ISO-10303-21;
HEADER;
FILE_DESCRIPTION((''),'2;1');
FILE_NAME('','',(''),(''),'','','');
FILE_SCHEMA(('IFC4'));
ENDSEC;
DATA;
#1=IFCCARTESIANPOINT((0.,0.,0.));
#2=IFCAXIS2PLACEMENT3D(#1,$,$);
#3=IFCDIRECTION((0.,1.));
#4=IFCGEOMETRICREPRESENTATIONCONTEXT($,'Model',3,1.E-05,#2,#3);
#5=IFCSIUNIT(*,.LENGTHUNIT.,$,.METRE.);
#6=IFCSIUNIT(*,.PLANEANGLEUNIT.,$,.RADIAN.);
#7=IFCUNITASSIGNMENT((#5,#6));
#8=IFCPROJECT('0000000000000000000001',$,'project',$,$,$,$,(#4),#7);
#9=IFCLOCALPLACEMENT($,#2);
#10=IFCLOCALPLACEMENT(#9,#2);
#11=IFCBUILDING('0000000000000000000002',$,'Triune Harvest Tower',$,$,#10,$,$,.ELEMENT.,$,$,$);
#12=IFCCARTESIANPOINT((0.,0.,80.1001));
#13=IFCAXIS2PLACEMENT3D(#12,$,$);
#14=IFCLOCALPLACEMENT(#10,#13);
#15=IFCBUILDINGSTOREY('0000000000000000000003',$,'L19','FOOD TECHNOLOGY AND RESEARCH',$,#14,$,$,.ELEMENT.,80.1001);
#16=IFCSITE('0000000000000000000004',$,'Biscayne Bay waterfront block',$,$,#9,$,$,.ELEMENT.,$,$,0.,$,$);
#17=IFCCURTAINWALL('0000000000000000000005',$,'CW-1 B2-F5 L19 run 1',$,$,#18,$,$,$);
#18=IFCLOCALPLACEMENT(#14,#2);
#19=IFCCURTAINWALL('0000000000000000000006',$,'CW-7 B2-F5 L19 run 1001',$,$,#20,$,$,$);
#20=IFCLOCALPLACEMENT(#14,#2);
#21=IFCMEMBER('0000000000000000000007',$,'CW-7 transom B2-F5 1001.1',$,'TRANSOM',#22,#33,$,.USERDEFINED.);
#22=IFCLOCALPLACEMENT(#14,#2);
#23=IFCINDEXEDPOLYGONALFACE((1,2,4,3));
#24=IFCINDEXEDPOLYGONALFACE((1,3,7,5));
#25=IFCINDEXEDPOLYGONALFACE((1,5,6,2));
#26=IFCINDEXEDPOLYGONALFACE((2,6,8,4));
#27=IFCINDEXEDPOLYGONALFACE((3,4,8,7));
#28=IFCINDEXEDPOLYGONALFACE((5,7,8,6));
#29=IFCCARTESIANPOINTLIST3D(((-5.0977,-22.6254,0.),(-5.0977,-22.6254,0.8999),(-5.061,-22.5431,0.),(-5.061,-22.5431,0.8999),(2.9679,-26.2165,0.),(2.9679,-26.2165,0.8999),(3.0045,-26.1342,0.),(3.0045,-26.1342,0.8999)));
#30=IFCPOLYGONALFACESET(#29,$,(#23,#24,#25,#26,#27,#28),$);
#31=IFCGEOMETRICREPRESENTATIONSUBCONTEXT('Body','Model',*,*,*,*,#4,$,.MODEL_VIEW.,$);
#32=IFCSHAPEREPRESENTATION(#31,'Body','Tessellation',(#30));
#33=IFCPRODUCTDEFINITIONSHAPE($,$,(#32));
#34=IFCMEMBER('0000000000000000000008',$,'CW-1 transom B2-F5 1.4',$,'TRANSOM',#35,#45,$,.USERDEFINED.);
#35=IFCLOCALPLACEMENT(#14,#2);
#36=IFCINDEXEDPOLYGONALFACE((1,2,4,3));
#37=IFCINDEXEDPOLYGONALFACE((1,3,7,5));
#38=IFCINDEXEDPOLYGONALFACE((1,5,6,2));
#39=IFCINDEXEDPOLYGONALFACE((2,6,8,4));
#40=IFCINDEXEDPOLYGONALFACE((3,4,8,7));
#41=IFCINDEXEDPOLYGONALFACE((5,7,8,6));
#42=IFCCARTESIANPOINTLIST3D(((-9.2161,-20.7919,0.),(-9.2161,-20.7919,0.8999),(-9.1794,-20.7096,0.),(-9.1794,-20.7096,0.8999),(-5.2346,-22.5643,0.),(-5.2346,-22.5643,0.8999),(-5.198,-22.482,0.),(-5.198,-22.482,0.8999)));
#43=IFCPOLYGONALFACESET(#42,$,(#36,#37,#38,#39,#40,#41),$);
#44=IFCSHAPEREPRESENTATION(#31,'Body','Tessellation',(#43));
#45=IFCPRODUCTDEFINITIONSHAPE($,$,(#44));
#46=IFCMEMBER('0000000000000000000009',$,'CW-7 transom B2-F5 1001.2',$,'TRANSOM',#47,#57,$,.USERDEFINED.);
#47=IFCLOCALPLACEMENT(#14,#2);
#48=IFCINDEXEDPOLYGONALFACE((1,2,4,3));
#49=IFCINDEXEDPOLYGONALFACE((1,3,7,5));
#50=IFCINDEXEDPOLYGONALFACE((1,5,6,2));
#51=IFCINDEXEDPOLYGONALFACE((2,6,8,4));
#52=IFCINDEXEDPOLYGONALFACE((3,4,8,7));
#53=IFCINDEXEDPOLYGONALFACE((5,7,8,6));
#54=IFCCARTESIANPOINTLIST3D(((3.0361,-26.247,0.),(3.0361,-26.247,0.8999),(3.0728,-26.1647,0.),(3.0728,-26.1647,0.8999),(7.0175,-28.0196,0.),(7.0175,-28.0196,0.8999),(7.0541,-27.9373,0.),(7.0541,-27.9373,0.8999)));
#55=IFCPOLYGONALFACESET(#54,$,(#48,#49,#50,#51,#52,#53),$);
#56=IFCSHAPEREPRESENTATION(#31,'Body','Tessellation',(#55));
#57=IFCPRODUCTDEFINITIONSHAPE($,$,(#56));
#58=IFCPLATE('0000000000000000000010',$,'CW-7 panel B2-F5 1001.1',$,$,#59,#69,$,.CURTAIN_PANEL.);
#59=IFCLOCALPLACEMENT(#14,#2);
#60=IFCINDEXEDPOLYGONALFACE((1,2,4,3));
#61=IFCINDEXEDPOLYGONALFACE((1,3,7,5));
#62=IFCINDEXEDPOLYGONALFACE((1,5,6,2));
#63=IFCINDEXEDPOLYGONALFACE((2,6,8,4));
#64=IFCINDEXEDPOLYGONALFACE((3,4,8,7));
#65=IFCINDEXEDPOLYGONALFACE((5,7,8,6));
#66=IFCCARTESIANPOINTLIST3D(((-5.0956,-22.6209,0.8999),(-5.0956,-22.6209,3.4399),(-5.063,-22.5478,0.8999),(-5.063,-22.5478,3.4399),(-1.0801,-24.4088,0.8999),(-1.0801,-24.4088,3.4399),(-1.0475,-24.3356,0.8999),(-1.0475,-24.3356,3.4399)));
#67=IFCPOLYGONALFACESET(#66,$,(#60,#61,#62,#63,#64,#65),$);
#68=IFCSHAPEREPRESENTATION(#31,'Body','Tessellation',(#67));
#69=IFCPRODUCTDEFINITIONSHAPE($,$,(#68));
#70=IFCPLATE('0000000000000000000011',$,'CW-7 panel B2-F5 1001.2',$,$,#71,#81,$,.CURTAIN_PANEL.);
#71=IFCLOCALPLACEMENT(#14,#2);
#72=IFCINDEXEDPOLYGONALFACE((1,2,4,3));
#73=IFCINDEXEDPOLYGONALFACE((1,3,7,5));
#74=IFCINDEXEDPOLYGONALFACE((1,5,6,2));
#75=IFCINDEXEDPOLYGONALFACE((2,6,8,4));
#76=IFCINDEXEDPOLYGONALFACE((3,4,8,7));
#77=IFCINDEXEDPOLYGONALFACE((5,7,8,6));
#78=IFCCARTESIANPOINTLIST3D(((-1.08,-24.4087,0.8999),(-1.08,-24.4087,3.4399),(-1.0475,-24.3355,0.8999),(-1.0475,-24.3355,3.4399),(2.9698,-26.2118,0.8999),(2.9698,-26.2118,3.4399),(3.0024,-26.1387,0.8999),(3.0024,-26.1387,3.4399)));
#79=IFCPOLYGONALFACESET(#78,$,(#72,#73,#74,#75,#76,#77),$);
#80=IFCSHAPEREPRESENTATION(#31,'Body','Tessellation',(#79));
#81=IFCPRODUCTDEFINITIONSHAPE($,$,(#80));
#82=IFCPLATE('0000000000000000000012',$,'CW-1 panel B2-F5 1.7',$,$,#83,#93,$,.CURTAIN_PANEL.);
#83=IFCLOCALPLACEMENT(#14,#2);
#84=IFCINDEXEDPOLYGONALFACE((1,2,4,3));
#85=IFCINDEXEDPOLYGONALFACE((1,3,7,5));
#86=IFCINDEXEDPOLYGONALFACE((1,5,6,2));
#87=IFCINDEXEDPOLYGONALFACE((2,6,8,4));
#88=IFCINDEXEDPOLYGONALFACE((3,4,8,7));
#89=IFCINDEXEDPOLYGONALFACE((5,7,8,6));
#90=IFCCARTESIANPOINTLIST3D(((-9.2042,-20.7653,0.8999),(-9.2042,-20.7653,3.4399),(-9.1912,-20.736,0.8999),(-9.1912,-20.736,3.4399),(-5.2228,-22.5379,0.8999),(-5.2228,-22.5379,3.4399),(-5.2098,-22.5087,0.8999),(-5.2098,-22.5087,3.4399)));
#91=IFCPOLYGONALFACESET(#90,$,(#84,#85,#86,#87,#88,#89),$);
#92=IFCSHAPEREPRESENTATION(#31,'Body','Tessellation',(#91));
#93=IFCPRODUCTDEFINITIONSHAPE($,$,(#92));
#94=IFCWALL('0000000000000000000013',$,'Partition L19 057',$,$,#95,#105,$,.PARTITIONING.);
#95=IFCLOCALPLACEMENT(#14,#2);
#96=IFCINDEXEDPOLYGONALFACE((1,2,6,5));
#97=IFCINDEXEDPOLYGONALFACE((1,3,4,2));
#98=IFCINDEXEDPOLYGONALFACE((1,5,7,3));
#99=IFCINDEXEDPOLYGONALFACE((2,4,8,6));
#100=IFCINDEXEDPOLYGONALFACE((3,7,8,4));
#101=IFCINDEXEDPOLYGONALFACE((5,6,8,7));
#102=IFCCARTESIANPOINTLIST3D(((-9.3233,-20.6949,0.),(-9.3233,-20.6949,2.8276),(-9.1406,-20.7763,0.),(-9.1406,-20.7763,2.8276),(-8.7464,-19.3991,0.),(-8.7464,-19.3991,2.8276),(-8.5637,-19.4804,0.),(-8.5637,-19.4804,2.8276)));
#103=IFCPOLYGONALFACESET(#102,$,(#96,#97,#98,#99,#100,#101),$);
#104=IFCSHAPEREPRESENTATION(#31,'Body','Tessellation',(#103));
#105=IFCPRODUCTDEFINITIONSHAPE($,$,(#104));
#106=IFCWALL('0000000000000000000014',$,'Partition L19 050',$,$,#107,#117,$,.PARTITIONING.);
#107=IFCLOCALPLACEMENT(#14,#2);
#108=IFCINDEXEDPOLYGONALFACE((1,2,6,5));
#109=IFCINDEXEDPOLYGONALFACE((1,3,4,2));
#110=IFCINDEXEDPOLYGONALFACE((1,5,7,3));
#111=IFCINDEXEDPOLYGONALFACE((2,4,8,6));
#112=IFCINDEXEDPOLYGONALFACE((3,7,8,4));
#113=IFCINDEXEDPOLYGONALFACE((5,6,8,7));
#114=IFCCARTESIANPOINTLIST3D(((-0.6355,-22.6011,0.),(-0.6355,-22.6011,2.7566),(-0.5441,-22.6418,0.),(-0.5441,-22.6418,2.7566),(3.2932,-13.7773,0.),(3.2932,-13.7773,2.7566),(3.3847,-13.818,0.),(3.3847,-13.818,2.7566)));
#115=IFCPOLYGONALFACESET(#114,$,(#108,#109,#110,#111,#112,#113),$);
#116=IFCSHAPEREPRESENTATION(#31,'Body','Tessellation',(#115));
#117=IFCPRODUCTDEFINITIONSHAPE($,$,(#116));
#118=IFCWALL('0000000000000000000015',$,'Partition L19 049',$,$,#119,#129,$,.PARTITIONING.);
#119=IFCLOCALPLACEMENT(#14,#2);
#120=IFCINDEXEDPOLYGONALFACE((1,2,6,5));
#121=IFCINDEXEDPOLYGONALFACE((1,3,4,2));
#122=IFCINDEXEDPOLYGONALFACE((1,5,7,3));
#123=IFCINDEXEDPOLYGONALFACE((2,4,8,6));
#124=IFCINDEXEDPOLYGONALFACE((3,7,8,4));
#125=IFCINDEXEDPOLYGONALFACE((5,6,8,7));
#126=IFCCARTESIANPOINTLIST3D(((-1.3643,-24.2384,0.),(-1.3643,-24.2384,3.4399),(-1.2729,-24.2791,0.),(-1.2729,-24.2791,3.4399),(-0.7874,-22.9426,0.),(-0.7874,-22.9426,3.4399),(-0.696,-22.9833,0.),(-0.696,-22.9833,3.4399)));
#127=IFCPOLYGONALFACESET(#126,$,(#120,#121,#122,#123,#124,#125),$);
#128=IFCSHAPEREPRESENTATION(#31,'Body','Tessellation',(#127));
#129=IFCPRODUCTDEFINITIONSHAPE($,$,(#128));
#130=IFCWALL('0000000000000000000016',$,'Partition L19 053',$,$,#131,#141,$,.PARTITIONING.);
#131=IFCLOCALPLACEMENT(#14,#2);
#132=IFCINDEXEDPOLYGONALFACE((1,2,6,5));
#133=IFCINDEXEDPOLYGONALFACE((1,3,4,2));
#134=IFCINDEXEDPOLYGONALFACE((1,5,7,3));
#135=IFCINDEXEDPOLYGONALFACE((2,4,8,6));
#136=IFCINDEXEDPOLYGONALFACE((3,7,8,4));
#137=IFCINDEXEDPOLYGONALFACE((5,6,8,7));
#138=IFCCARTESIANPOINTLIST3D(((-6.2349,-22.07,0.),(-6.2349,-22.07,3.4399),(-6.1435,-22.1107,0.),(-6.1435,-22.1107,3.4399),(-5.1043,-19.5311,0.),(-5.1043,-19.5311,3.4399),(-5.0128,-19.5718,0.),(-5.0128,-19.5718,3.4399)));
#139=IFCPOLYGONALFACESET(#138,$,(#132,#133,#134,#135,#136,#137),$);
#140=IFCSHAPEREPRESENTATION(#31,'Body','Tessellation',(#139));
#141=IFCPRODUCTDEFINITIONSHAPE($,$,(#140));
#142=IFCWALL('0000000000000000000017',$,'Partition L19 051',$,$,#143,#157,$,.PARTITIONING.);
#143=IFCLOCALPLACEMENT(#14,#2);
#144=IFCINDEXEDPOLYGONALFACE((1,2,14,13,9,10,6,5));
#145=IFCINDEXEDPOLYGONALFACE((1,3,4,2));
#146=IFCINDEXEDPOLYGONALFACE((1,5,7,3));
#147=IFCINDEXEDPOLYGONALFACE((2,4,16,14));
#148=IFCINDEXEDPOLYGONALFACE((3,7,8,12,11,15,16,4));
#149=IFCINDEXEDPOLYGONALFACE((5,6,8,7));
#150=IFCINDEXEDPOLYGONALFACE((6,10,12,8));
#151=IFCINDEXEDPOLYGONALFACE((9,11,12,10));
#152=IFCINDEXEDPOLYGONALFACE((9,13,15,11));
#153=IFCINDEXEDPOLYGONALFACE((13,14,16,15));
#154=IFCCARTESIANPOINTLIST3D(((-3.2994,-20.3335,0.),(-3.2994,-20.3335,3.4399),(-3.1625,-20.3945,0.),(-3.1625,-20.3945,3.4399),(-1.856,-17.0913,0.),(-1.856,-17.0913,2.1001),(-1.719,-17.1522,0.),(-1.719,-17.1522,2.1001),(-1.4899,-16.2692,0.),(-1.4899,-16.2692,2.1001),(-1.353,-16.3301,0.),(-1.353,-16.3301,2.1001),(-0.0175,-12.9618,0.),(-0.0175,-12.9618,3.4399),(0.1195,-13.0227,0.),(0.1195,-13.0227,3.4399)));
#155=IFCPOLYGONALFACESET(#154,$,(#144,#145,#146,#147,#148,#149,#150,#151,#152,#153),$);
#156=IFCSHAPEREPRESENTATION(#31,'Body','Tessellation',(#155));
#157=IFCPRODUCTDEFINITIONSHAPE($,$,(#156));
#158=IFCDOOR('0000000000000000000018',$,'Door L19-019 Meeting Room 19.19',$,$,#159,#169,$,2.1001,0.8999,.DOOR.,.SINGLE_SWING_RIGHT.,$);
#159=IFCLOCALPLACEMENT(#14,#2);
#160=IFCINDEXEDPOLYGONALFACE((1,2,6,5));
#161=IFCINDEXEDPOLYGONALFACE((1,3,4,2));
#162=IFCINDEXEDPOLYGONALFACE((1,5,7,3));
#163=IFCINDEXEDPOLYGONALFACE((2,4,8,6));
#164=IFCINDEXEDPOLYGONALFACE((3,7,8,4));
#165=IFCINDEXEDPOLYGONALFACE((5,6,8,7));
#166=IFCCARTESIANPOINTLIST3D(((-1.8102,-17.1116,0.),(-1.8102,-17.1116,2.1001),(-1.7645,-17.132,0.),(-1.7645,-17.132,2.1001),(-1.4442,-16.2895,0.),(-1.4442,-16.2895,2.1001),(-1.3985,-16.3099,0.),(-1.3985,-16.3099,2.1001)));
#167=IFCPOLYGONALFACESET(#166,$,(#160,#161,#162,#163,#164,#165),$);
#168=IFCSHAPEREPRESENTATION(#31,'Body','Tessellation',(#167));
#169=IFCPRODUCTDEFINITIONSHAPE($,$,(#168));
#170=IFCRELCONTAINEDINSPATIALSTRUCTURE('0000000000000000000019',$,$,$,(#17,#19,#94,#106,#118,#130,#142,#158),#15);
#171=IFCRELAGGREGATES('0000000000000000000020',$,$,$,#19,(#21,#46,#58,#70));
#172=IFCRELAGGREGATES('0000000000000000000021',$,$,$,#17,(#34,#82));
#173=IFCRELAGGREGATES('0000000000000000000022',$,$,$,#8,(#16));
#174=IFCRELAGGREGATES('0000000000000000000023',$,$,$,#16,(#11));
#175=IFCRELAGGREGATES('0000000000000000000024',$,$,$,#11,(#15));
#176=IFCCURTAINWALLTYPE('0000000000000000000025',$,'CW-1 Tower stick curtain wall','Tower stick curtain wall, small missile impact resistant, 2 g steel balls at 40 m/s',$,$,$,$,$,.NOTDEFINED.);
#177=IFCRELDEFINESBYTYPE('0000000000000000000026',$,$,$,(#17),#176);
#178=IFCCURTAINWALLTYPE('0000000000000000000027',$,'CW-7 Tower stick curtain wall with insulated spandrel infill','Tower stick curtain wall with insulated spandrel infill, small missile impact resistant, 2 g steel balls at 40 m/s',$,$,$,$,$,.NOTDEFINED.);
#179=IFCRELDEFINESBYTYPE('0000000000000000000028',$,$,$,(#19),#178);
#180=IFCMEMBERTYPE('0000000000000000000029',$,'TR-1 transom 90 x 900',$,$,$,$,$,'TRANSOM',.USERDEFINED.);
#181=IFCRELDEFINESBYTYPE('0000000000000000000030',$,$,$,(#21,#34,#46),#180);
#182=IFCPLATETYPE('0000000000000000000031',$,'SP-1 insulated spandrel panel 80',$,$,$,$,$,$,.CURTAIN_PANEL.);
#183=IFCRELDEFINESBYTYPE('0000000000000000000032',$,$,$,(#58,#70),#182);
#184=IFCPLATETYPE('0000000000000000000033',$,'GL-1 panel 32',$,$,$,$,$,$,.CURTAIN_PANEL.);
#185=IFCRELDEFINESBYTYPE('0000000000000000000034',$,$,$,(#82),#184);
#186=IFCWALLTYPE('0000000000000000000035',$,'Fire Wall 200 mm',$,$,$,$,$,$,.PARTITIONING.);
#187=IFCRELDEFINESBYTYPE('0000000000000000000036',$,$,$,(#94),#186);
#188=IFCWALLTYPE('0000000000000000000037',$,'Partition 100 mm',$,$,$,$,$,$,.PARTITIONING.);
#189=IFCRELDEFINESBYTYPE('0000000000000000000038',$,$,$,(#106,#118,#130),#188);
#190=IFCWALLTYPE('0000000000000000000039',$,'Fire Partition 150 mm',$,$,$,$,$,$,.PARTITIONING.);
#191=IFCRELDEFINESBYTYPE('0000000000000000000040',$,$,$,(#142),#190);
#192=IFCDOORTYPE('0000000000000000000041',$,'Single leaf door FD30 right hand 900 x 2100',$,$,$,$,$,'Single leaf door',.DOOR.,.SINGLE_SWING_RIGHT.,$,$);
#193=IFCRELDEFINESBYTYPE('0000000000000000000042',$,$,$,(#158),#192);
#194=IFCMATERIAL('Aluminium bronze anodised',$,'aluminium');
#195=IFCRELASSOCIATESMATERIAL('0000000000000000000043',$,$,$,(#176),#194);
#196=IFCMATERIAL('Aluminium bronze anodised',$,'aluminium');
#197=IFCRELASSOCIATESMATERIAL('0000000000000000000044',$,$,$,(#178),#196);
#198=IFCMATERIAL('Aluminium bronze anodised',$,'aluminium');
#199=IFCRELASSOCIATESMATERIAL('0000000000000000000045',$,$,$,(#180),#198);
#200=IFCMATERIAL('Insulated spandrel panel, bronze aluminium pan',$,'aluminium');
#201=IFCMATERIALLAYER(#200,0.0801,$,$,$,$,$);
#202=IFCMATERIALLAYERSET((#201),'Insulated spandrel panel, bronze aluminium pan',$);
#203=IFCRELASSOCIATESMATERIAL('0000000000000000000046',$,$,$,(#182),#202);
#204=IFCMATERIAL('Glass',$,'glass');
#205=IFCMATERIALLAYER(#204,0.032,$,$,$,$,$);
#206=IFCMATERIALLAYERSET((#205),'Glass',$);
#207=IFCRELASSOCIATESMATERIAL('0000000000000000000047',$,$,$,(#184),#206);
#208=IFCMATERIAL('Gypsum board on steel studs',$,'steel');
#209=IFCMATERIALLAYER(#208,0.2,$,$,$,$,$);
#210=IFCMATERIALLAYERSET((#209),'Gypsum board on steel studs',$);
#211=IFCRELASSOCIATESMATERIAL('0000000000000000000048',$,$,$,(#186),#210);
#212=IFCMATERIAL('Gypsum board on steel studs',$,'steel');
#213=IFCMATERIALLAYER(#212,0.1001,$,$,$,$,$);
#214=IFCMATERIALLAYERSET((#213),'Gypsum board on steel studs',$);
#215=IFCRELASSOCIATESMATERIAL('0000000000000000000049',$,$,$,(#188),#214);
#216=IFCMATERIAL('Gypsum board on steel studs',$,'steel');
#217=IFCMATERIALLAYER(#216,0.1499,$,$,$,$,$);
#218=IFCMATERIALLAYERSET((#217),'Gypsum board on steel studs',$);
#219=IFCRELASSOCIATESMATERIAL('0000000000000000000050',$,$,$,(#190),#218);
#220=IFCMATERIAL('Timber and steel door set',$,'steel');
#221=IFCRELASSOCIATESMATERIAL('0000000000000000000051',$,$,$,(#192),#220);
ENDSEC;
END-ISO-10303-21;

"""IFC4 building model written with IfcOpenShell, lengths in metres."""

from ifc_helpers import new_model, si_unit, direction, frame, frame_2d, origin, origin_2d, place, context, subcontext, project, spatial, rectangle, extrude, source, transform, mapped, material, layer, layer_set, material_profile, profile_set, type_object, element, fill, aggregate, save


model = new_model("IFC4")

# Units and contexts
model_context = context("Model", 3, precision=1e-05, world=origin(), true_north=direction((0.0, 1.0)))
body_context = subcontext(model_context, "Body", "Model", "MODEL_VIEW")
ifc_project = project(units=[si_unit("LENGTHUNIT", "METRE"), si_unit("PLANEANGLEUNIT", "RADIAN")], contexts=[model_context])

# Site, building, storey
site_placement = place(None, origin())
site = spatial("IfcSite", under=ifc_project, at=site_placement, Name="Biscayne Bay waterfront block", CompositionType="ELEMENT", RefElevation=0.0)
building_placement = place(site_placement, origin())
building = spatial("IfcBuilding", under=site, at=building_placement, Name="Triune Harvest Tower", CompositionType="ELEMENT")
storey_placement = place(building_placement, frame((0.0, 0.0, 80.1001)))
storey = spatial("IfcBuildingStorey", under=building, at=storey_placement, Name="L19", Description="FOOD TECHNOLOGY AND RESEARCH", CompositionType="ELEMENT", Elevation=80.1001)

# Curtain walls, member
ifc_material_1 = material(Name="Aluminium bronze anodised", Category="aluminium")
curtain_wall_type_1 = type_object("IfcCurtainWallType", Name="CW-1 Tower stick curtain wall", Description="Tower stick curtain wall, small missile impact resistant, 2 g steel balls at 40 m/s", PredefinedType="NOTDEFINED", material=ifc_material_1)
curtain_wall_1_placement = place(storey_placement, origin())
curtain_wall_1 = element("IfcCurtainWall", 1, at=curtain_wall_1_placement, inside=storey, type_object=curtain_wall_type_1, Name="CW-1 B2-F5 L19 run 1")
ifc_material_2 = material(Name="Aluminium bronze anodised", Category="aluminium")
curtain_wall_type_2 = type_object("IfcCurtainWallType", Name="CW-7 Tower stick curtain wall with insulated spandrel infill", Description="Tower stick curtain wall with insulated spandrel infill, small missile impact resistant, 2 g steel balls at 40 m/s", PredefinedType="NOTDEFINED", material=ifc_material_2)
curtain_wall_2_placement = place(storey_placement, origin())
curtain_wall_2 = element("IfcCurtainWall", 2, at=curtain_wall_2_placement, inside=storey, type_object=curtain_wall_type_2, Name="CW-7 B2-F5 L19 run 1001")
ifc_material_3 = material(Name="Aluminium bronze anodised", Category="aluminium")
ifc_material_profile_1 = material_profile(ifc_material_3, rectangle(XDim=0.0901, YDim=0.8999, at=origin_2d()), Name="TR-1 transom 90 x 900")
ifc_profile_set_1 = profile_set([ifc_material_profile_1], Name="Aluminium bronze anodised")
member_type_1 = type_object("IfcMemberType", Name="TR-1 transom 90 x 900", ElementType="TRANSOM", PredefinedType="USERDEFINED", material=ifc_profile_set_1)
shared_shape_1 = source(origin(), body_context, "Body", "SweptSolid", [
    extrude(rectangle(XDim=0.0901, YDim=0.8999, at=origin_2d()), origin(), (0.0, 0.0, 1.0), 8.8289),
])
member_1_placement = place(storey_placement, frame((-5.0793, -22.5842, 0.45), z_axis=(0.913541, -0.406746, 0.0), x_axis=(0.406746, 0.913541, 0.0)))
member_1 = element("IfcMember", 3, at=member_1_placement, type_object=member_type_1, Name="CW-7 transom B2-F5 1001.1", ObjectType="TRANSOM", PredefinedType="USERDEFINED", context=body_context, shape_type="MappedRepresentation", body=[
    mapped(shared_shape_1, transform((0.0, 0.0, 0.0), scale=1.0)),
])

# Members
shared_shape_2 = source(origin(), body_context, "Body", "SweptSolid", [
    extrude(rectangle(XDim=0.0901, YDim=0.8999, at=origin_2d()), origin(), (0.0, 0.0, 1.0), 4.3582),
])
member_2_placement = place(storey_placement, frame((-9.1978, -20.7507, 0.45), z_axis=(0.913562, -0.4067, 0.0), x_axis=(0.4067, 0.913562, 0.0)))
member_2 = element("IfcMember", 4, at=member_2_placement, type_object=member_type_1, Name="CW-1 transom B2-F5 1.4", ObjectType="TRANSOM", PredefinedType="USERDEFINED", context=body_context, shape_type="MappedRepresentation", body=[
    mapped(shared_shape_2, transform((0.0, 0.0, 0.0), scale=1.0)),
])
member_3_placement = place(storey_placement, frame((3.0544, -26.2058, 0.45), z_axis=(0.913541, -0.406746, 0.0), x_axis=(0.406746, 0.913541, 0.0)))
member_3 = element("IfcMember", 5, at=member_3_placement, type_object=member_type_1, Name="CW-7 transom B2-F5 1001.2", ObjectType="TRANSOM", PredefinedType="USERDEFINED", context=body_context, shape_type="MappedRepresentation", body=[
    mapped(shared_shape_2, transform((0.0, 0.0, 0.0), scale=1.0)),
])

# Plates
ifc_material_4 = material(Name="Insulated spandrel panel, bronze aluminium pan", Category="aluminium")
ifc_layer_1 = layer(ifc_material_4, 0.0801)
ifc_layer_set_1 = layer_set([ifc_layer_1], Name="Insulated spandrel panel, bronze aluminium pan")
plate_type_1 = type_object("IfcPlateType", Name="SP-1 insulated spandrel panel 80", PredefinedType="CURTAIN_PANEL", material=ifc_layer_set_1)
shared_shape_3 = source(origin(), body_context, "Body", "SweptSolid", [
    extrude(rectangle(XDim=4.3955, YDim=0.0801, at=origin_2d()), origin(), (0.0, 0.0, 1.0), 2.54),
])
plate_1_placement = place(storey_placement, frame((-3.0715, -23.4783, 0.8999), z_axis=(0.0, 0.0, 1.0), x_axis=(0.913544, -0.406741, 0.0)))
plate_1 = element("IfcPlate", 6, at=plate_1_placement, type_object=plate_type_1, Name="CW-7 panel B2-F5 1001.1", PredefinedType="CURTAIN_PANEL", context=body_context, shape_type="MappedRepresentation", body=[
    mapped(shared_shape_3, transform((0.0, 0.0, 0.0), scale=1.0)),
])
shared_shape_4 = source(origin(), body_context, "Body", "SweptSolid", [
    extrude(rectangle(XDim=4.4331, YDim=0.0801, at=origin_2d()), origin(), (0.0, 0.0, 1.0), 2.54),
])
plate_2_placement = place(storey_placement, frame((0.9612, -25.2737, 0.8999), z_axis=(0.0, 0.0, 1.0), x_axis=(0.913544, -0.406741, 0.0)))
plate_2 = element("IfcPlate", 7, at=plate_2_placement, type_object=plate_type_1, Name="CW-7 panel B2-F5 1001.2", PredefinedType="CURTAIN_PANEL", context=body_context, shape_type="MappedRepresentation", body=[
    mapped(shared_shape_4, transform((0.0, 0.0, 0.0), scale=1.0)),
])
aggregate(curtain_wall_2, [member_1, member_3, plate_1, plate_2])
ifc_material_5 = material(Name="Glass", Category="glass")
ifc_layer_2 = layer(ifc_material_5, 0.032)
ifc_layer_set_2 = layer_set([ifc_layer_2], Name="Glass")
plate_type_2 = type_object("IfcPlateType", Name="GL-1 panel 32", PredefinedType="CURTAIN_PANEL", material=ifc_layer_set_2)
shared_shape_5 = source(origin(), body_context, "Body", "SweptSolid", [
    extrude(rectangle(XDim=4.3582, YDim=0.032, at=origin_2d()), origin(), (0.0, 0.0, 1.0), 2.54),
])
plate_3_placement = place(storey_placement, frame((-7.207, -21.637, 0.8999), z_axis=(0.0, 0.0, 1.0), x_axis=(0.913546, -0.406736, 0.0)))
plate_3 = element("IfcPlate", 8, at=plate_3_placement, type_object=plate_type_2, Name="CW-1 panel B2-F5 1.7", PredefinedType="CURTAIN_PANEL", context=body_context, shape_type="MappedRepresentation", body=[
    mapped(shared_shape_5, transform((0.0, 0.0, 0.0), scale=1.0)),
])
aggregate(curtain_wall_1, [member_2, plate_3])

# Walls
ifc_material_6 = material(Name="Gypsum board on steel studs", Category="steel")
ifc_layer_3 = layer(ifc_material_6, 0.2)
ifc_layer_set_3 = layer_set([ifc_layer_3], Name="Gypsum board on steel studs")
wall_type_1 = type_object("IfcWallType", Name="Fire Wall 200 mm", PredefinedType="PARTITIONING", material=ifc_layer_set_3)
wall_1_placement = place(storey_placement, frame((-9.2319, -20.7356, 0.0), z_axis=(0.0, 0.0, 1.0), x_axis=(0.406697, 0.913563, 0.0)))
element("IfcWall", 9, at=wall_1_placement, inside=storey, type_object=wall_type_1, Name="Partition L19 057", PredefinedType="PARTITIONING", context=body_context, shape_type="SweptSolid", body=[
    extrude(rectangle(XDim=1.4185, YDim=0.2, at=frame_2d((0.7092, 0.0))), origin(), (0.0, 0.0, 1.0), 2.8276),
])
ifc_material_7 = material(Name="Gypsum board on steel studs", Category="steel")
ifc_layer_4 = layer(ifc_material_7, 0.1001)
ifc_layer_set_4 = layer_set([ifc_layer_4], Name="Gypsum board on steel studs")
wall_type_2 = type_object("IfcWallType", Name="Partition 100 mm", PredefinedType="PARTITIONING", material=ifc_layer_set_4)
wall_2_placement = place(storey_placement, frame((-0.5898, -22.6216, 0.0), z_axis=(0.0, 0.0, 1.0), x_axis=(0.406748, 0.91354, 0.0)))
element("IfcWall", 10, at=wall_2_placement, inside=storey, type_object=wall_type_2, Name="Partition L19 050", PredefinedType="PARTITIONING", context=body_context, shape_type="SweptSolid", body=[
    extrude(rectangle(XDim=9.6589, YDim=0.1001, at=frame_2d((4.8296, 0.0))), origin(), (0.0, 0.0, 1.0), 2.7566),
])
shared_shape_6 = source(origin(), body_context, "Body", "SweptSolid", [
    extrude(rectangle(XDim=1.4185, YDim=0.1001, at=frame_2d((0.7092, 0.0))), origin(), (0.0, 0.0, 1.0), 3.4399),
])
wall_3_placement = place(storey_placement, frame((-1.3186, -24.2588, 0.0), z_axis=(0.0, 0.0, 1.0), x_axis=(0.406697, 0.913563, 0.0)))
element("IfcWall", 11, at=wall_3_placement, inside=storey, type_object=wall_type_2, Name="Partition L19 049", PredefinedType="PARTITIONING", context=body_context, shape_type="MappedRepresentation", body=[
    mapped(shared_shape_6, transform((0.0, 0.0, 0.0), scale=1.0)),
])
shared_shape_7 = source(origin(), body_context, "Body", "SweptSolid", [
    extrude(rectangle(XDim=2.7793, YDim=0.1001, at=frame_2d((1.3896, 0.0))), origin(), (0.0, 0.0, 1.0), 3.4399),
])
wall_4_placement = place(storey_placement, frame((-6.1892, -22.0903, 0.0), z_axis=(0.0, 0.0, 1.0), x_axis=(0.406815, 0.913511, 0.0)))
element("IfcWall", 12, at=wall_4_placement, inside=storey, type_object=wall_type_2, Name="Partition L19 053", PredefinedType="PARTITIONING", context=body_context, shape_type="MappedRepresentation", body=[
    mapped(shared_shape_7, transform((0.0, 0.0, 0.0), scale=1.0)),
])

# Wall, opening, door
ifc_material_8 = material(Name="Gypsum board on steel studs", Category="steel")
ifc_layer_5 = layer(ifc_material_8, 0.1499)
ifc_layer_set_5 = layer_set([ifc_layer_5], Name="Gypsum board on steel studs")
wall_type_3 = type_object("IfcWallType", Name="Fire Partition 150 mm", PredefinedType="PARTITIONING", material=ifc_layer_set_5)
shared_shape_8 = source(origin(), body_context, "Body", "SweptSolid", [
    extrude(rectangle(XDim=8.0693, YDim=0.1499, at=frame_2d((4.0347, 0.0))), origin(), (0.0, 0.0, 1.0), 3.4399),
])
wall_5_placement = place(storey_placement, frame((-3.231, -20.364, 0.0), z_axis=(0.0, 0.0, 1.0), x_axis=(0.406719, 0.913553, 0.0)))
wall_5 = element("IfcWall", 13, at=wall_5_placement, inside=storey, type_object=wall_type_3, Name="Partition L19 051", PredefinedType="PARTITIONING", context=body_context, shape_type="MappedRepresentation", body=[
    mapped(shared_shape_8, transform((0.0, 0.0, 0.0), scale=1.0)),
])
opening_1_placement = place(wall_5_placement, frame((3.5491, 0.0, 0.0)))
opening_1 = element("IfcOpeningElement", 14, at=opening_1_placement, cuts=wall_5, PredefinedType="OPENING", context=body_context, shape_type="SweptSolid", body=[
    extrude(rectangle(XDim=0.8999, YDim=2.1001, at=frame_2d((0.45, 1.05))), frame((0.0, 0.085, 0.0), z_axis=(0.0, -1.0, 0.0), x_axis=(1.0, 0.0, 0.0)), (0.0, 0.0, 1.0), 0.1699),
])
ifc_material_9 = material(Name="Timber and steel door set", Category="steel")
door_type_1 = type_object("IfcDoorType", Name="Single leaf door FD30 right hand 900 x 2100", ElementType="Single leaf door", OperationType="SINGLE_SWING_RIGHT", PredefinedType="DOOR", material=ifc_material_9)
door_1_placement = place(opening_1_placement, origin())
door_1 = element("IfcDoor", 15, at=door_1_placement, inside=storey, type_object=door_type_1, Name="Door L19-019 Meeting Room 19.19", OperationType="SINGLE_SWING_RIGHT", OverallHeight=2.1001, OverallWidth=0.8999, PredefinedType="DOOR", context=body_context, shape_type="SweptSolid", body=[
    extrude(rectangle(XDim=0.8999, YDim=2.1001, at=frame_2d((0.45, 1.05))), frame((0.0, 0.0249, 0.0), z_axis=(0.0, -1.0, 0.0), x_axis=(1.0, 0.0, 0.0)), (0.0, 0.0, 1.0), 0.05),
])
fill(opening_1, door_1)

save(model, "model.ifc")
